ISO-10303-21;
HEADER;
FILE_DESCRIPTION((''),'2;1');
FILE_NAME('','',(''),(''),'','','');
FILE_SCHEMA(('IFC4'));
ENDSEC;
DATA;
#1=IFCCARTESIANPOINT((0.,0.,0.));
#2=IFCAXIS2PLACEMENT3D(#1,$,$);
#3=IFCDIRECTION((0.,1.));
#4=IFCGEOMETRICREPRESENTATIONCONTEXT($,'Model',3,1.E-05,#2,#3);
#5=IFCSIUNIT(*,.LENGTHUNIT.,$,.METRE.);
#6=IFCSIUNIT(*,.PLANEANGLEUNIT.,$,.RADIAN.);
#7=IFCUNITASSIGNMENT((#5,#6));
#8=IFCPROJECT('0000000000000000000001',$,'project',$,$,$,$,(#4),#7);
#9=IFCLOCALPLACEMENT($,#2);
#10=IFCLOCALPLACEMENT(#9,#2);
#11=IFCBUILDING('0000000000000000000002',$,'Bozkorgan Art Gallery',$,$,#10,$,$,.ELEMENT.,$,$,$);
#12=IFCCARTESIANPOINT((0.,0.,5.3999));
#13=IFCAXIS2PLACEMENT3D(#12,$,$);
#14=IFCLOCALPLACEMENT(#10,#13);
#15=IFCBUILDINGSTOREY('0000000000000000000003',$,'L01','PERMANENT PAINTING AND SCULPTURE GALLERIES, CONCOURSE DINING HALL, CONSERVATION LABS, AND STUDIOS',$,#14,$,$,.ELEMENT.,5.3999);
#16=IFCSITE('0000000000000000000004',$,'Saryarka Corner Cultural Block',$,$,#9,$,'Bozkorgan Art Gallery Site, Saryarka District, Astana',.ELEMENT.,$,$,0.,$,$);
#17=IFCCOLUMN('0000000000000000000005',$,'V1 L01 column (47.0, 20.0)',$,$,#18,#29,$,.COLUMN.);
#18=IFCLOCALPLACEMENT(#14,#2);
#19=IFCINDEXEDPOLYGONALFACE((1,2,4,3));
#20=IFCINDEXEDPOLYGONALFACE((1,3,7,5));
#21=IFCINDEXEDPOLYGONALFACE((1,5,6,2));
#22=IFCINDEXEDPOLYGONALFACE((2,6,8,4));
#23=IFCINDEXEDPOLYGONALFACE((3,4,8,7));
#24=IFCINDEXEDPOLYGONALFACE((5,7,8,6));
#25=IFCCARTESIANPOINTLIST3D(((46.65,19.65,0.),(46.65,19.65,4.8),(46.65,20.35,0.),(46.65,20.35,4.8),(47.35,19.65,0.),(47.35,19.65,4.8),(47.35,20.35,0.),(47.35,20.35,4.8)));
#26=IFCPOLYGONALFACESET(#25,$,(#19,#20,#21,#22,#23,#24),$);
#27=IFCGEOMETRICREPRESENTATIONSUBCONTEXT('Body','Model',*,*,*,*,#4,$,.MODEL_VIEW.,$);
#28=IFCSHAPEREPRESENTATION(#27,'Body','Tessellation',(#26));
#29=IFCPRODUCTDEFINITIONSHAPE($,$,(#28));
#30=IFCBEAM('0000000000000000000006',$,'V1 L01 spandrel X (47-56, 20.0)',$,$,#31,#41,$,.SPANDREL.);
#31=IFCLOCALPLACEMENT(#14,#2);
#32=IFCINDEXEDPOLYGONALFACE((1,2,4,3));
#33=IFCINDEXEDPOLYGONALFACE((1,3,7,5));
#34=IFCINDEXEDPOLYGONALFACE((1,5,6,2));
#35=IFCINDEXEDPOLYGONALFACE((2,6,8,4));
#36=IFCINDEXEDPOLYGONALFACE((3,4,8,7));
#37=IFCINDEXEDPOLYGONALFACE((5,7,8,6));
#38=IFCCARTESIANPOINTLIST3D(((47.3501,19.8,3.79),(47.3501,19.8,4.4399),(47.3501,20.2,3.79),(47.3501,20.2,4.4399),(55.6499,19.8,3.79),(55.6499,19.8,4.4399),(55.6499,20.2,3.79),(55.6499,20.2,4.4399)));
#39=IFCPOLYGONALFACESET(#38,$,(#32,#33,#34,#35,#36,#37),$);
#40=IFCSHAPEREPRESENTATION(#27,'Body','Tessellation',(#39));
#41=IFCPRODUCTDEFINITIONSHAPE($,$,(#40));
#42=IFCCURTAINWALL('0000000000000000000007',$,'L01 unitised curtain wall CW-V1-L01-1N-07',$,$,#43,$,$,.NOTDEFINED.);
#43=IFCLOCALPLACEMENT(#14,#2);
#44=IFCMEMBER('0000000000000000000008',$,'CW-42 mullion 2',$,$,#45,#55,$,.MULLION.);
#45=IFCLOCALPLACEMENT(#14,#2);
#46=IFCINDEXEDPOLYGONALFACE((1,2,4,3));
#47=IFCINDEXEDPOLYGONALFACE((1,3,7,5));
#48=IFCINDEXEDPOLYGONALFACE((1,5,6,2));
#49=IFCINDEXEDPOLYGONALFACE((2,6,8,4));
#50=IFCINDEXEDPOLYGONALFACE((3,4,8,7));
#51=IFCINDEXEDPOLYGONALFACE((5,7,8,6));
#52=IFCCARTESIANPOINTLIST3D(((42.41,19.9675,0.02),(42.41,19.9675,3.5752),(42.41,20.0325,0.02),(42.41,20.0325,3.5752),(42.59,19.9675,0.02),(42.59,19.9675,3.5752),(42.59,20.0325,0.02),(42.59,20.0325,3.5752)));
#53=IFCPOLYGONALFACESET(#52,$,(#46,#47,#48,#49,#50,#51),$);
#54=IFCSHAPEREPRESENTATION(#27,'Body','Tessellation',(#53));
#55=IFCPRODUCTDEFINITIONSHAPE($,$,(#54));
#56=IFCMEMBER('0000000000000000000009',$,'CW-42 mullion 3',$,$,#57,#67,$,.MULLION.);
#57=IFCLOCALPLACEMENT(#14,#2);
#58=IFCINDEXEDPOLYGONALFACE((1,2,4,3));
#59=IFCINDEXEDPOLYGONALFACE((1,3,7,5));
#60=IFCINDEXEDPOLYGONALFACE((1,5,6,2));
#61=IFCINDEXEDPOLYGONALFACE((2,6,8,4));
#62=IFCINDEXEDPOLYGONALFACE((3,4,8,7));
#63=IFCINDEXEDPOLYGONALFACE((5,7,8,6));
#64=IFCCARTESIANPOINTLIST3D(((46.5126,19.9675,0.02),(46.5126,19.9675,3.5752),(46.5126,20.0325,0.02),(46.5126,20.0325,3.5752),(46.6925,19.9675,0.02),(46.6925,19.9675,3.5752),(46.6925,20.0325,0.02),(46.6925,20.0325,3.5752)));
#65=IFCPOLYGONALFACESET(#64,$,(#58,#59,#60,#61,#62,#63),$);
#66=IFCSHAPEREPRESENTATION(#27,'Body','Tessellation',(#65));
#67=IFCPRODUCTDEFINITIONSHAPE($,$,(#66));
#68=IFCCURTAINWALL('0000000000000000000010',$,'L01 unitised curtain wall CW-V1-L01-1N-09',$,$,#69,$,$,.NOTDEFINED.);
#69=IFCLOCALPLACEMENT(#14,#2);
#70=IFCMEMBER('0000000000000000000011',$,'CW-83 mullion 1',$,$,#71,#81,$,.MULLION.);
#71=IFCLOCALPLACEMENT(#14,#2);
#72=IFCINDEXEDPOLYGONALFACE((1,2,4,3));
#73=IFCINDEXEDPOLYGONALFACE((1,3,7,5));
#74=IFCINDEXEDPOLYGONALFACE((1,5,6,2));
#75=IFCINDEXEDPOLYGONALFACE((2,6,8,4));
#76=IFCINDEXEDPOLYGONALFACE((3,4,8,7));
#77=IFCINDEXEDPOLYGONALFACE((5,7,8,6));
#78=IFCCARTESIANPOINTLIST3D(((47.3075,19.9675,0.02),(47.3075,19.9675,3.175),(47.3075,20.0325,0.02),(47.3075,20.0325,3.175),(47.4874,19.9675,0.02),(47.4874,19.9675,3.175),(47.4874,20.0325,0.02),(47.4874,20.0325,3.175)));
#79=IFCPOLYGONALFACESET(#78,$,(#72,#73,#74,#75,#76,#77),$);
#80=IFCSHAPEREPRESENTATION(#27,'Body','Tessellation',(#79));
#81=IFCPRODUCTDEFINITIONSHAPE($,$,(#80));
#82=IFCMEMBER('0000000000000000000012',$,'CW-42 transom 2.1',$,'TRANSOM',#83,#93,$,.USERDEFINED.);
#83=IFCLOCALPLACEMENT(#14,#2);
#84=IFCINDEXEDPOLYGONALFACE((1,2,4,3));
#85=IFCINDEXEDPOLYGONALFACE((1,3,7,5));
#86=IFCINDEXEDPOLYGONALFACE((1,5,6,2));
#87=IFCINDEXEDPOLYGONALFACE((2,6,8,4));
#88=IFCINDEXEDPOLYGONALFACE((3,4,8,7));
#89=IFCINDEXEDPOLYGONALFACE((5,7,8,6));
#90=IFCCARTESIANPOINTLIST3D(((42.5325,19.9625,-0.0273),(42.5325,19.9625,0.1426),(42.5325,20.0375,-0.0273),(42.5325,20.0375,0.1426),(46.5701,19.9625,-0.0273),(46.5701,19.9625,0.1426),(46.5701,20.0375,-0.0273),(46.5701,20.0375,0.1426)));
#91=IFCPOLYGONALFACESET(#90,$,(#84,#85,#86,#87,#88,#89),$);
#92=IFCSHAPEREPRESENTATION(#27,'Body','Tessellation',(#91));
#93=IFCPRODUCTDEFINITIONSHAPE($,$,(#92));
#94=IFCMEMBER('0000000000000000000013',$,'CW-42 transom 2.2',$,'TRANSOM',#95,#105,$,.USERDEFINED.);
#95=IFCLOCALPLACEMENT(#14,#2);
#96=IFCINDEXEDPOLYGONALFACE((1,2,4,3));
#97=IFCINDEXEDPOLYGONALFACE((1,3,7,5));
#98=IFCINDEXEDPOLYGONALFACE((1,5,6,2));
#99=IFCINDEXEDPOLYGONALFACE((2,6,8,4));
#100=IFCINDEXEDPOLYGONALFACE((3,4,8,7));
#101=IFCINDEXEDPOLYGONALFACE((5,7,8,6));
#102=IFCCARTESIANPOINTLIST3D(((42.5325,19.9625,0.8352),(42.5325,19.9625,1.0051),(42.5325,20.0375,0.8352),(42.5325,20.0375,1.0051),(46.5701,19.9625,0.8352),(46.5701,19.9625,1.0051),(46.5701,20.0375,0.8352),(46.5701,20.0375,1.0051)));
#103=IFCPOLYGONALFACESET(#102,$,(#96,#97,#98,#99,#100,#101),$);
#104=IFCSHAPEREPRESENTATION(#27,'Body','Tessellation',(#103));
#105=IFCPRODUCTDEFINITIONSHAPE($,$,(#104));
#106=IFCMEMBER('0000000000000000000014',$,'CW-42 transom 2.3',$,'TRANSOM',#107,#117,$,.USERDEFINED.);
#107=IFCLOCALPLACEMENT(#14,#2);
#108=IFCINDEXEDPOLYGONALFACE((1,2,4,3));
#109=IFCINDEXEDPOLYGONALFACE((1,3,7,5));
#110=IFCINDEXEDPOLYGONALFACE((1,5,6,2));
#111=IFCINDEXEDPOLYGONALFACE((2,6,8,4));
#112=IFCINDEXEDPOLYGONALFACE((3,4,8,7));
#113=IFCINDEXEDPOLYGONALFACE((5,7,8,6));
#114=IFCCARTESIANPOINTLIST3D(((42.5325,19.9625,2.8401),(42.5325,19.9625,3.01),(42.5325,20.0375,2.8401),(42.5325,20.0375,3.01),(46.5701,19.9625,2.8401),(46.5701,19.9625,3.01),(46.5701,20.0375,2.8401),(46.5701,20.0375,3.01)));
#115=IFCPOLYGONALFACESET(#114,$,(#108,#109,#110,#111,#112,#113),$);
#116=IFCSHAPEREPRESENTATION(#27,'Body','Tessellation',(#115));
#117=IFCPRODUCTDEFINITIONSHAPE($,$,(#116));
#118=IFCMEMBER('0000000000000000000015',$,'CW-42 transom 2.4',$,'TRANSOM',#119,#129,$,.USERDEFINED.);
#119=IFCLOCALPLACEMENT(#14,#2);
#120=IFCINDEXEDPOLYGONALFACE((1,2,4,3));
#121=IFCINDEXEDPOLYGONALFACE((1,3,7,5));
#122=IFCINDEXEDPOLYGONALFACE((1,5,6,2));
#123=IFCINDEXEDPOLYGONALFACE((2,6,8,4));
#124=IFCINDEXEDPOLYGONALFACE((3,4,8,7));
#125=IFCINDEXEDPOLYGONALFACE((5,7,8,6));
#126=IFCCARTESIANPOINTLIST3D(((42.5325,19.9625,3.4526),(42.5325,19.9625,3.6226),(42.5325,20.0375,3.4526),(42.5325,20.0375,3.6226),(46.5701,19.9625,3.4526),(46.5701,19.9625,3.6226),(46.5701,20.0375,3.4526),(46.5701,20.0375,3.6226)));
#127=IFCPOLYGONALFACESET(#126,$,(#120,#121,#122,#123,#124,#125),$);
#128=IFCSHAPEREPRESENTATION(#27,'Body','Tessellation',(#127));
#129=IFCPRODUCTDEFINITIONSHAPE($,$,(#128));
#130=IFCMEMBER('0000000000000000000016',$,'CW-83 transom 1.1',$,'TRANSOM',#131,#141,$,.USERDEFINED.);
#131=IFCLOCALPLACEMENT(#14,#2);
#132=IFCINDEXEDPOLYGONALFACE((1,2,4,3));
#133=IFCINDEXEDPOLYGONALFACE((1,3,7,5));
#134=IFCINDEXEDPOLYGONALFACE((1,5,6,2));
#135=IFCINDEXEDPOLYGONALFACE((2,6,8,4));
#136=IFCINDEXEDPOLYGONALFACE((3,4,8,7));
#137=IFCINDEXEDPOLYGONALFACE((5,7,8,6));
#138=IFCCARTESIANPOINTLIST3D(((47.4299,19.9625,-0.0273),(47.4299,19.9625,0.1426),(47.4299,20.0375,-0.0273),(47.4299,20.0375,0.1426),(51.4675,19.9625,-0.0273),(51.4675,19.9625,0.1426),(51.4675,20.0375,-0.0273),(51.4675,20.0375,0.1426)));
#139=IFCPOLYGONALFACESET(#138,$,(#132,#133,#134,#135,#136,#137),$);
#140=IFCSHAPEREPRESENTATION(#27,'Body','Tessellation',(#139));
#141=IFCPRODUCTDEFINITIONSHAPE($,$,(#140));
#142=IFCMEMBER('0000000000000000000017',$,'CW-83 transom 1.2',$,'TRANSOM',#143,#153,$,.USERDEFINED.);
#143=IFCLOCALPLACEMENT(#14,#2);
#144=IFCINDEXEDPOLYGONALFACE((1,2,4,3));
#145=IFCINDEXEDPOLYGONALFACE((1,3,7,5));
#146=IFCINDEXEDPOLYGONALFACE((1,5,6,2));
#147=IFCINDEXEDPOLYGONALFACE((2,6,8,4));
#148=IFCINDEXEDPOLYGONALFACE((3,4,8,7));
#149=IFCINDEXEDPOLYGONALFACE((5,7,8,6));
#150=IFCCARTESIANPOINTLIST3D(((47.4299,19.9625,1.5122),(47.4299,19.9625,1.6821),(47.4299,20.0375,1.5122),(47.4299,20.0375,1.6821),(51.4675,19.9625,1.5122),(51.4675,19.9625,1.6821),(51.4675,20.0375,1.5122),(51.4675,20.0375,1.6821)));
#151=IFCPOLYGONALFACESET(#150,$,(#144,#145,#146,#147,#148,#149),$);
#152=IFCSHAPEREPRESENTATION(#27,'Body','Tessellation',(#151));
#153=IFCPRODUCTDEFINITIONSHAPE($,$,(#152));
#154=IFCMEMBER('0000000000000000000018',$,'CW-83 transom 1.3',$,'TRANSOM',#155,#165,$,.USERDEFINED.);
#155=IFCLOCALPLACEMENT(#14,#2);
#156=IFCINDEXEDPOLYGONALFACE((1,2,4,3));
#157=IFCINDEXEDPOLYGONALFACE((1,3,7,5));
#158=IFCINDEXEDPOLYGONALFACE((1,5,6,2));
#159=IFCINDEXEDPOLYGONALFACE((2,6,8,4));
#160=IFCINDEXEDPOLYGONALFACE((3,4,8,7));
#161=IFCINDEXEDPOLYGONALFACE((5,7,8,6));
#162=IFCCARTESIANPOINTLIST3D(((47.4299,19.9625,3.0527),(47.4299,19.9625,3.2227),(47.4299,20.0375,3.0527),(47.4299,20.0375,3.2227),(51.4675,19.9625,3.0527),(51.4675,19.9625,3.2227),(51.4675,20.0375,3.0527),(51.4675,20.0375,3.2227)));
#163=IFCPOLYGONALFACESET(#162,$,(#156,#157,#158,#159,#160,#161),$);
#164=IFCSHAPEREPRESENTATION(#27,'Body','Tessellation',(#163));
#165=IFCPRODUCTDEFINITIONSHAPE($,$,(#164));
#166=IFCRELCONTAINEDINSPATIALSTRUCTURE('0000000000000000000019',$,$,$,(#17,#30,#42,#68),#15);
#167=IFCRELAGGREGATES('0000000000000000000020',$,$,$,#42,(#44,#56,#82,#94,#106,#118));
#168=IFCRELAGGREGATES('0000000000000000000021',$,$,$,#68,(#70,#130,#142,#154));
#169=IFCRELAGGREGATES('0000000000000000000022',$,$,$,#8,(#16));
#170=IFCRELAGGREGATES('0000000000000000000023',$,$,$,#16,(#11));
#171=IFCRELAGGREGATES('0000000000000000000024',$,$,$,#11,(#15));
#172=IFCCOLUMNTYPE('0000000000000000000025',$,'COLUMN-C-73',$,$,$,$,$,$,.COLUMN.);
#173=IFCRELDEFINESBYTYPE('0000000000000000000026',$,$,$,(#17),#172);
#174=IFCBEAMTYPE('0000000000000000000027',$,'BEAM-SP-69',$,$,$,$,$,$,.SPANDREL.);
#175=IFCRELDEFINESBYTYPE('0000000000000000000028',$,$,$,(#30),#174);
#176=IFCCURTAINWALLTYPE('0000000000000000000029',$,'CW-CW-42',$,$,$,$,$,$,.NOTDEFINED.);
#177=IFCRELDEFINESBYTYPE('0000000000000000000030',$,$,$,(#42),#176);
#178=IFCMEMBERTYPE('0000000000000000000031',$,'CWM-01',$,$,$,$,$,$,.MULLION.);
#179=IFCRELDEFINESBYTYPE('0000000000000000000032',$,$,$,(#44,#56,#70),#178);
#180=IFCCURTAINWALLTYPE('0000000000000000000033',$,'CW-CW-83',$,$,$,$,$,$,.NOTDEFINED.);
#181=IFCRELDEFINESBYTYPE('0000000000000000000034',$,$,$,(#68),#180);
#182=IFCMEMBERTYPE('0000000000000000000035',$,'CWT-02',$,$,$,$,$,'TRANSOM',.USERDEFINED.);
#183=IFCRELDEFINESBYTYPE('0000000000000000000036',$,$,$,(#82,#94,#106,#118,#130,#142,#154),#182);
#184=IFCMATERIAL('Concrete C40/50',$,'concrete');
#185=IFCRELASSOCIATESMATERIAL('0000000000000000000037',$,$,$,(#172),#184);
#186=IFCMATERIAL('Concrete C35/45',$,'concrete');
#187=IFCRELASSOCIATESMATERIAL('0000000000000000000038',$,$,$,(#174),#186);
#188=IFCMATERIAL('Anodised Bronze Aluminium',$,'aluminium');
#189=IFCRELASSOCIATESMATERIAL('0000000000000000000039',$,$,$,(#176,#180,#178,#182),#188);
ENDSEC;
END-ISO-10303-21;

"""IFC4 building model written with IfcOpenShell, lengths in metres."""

from ifc_helpers import new_model, si_unit, direction, frame, origin, origin_2d, place, context, subcontext, project, spatial, rectangle, extrude, material, material_profile, profile_set, type_object, element, aggregate, save


model = new_model("IFC4")

# Units and contexts
model_context = context("Model", 3, precision=1e-05, world=origin(), true_north=direction((0.0, 1.0)))
body_context = subcontext(model_context, "Body", "Model", "MODEL_VIEW")
ifc_project = project(units=[si_unit("LENGTHUNIT", "METRE"), si_unit("PLANEANGLEUNIT", "RADIAN")], contexts=[model_context])

# Site, building, storey
site_placement = place(None, origin())
site = spatial("IfcSite", under=ifc_project, at=site_placement, Name="Saryarka Corner Cultural Block", LongName="Bozkorgan Art Gallery Site, Saryarka District, Astana", CompositionType="ELEMENT", RefElevation=0.0)
building_placement = place(site_placement, origin())
building = spatial("IfcBuilding", under=site, at=building_placement, Name="Bozkorgan Art Gallery", CompositionType="ELEMENT")
storey_placement = place(building_placement, frame((0.0, 0.0, 5.3999)))
storey = spatial("IfcBuildingStorey", under=building, at=storey_placement, Name="L01", Description="PERMANENT PAINTING AND SCULPTURE GALLERIES, CONCOURSE DINING HALL, CONSERVATION LABS, AND STUDIOS", CompositionType="ELEMENT", Elevation=5.3999)

# Column
ifc_material_1 = material(Name="Concrete C40/50", Category="concrete")
ifc_material_profile_1 = material_profile(ifc_material_1, rectangle(XDim=0.7, YDim=0.7, at=origin_2d()), Name="RC 700x700")
ifc_profile_set_1 = profile_set([ifc_material_profile_1], Name="Concrete C40/50")
column_type = type_object("IfcColumnType", Name="COLUMN-C-73", PredefinedType="COLUMN", material=ifc_profile_set_1)
column_placement = place(storey_placement, frame((47.0, 20.0, 0.0), z_axis=(0.0, 0.0, 1.0), x_axis=(1.0, 0.0, 0.0)))
element("IfcColumn", 1, at=column_placement, inside=storey, type_object=column_type, Name="V1 L01 column (47.0, 20.0)", PredefinedType="COLUMN", context=body_context, shape_type="SweptSolid", body=[
    extrude(rectangle(XDim=0.7, YDim=0.7, at=origin_2d()), origin(), (0.0, 0.0, 1.0), 4.8),
])

# Beam
ifc_material_2 = material(Name="Concrete C35/45", Category="concrete")
ifc_material_profile_2 = material_profile(ifc_material_2, rectangle(XDim=0.3999, YDim=0.6499, at=origin_2d()), Name="RC 400x650")
ifc_profile_set_2 = profile_set([ifc_material_profile_2], Name="Concrete C35/45")
beam_type = type_object("IfcBeamType", Name="BEAM-SP-69", PredefinedType="SPANDREL", material=ifc_profile_set_2)
beam_placement = place(storey_placement, frame((47.3501, 20.0, 4.115), z_axis=(1.0, 0.0, 0.0), x_axis=(0.0, 1.0, 0.0)))
element("IfcBeam", 2, at=beam_placement, inside=storey, type_object=beam_type, Name="V1 L01 spandrel X (47-56, 20.0)", PredefinedType="SPANDREL", context=body_context, shape_type="SweptSolid", body=[
    extrude(rectangle(XDim=0.3999, YDim=0.6499, at=origin_2d()), origin(), (0.0, 0.0, 1.0), 8.2998),
])

# Curtain wall, members
ifc_material_3 = material(Name="Anodised Bronze Aluminium", Category="aluminium")
curtain_wall_type_1 = type_object("IfcCurtainWallType", Name="CW-CW-42", PredefinedType="NOTDEFINED", material=ifc_material_3)
curtain_wall_1_placement = place(storey_placement, origin())
curtain_wall_1 = element("IfcCurtainWall", 3, at=curtain_wall_1_placement, inside=storey, type_object=curtain_wall_type_1, Name="L01 unitised curtain wall CW-V1-L01-1N-07", PredefinedType="NOTDEFINED")
ifc_material_profile_3 = material_profile(ifc_material_3, rectangle(XDim=0.0649, YDim=0.1799, at=origin_2d()), Name="ALU MULLION 65x180")
ifc_profile_set_3 = profile_set([ifc_material_profile_3], Name="Anodised Bronze Aluminium")
member_type_1 = type_object("IfcMemberType", Name="CWM-01", PredefinedType="MULLION", material=ifc_profile_set_3)
member_1_placement = place(storey_placement, frame((42.5, 20.0, 0.02), z_axis=(0.0, 0.0, 1.0), x_axis=(0.0, 1.0, 0.0)))
member_1 = element("IfcMember", 4, at=member_1_placement, type_object=member_type_1, Name="CW-42 mullion 2", PredefinedType="MULLION", context=body_context, shape_type="SweptSolid", body=[
    extrude(rectangle(XDim=0.0649, YDim=0.1799, at=origin_2d()), origin(), (0.0, 0.0, 1.0), 3.5552),
])
member_2_placement = place(storey_placement, frame((46.6025, 20.0, 0.02), z_axis=(0.0, 0.0, 1.0), x_axis=(0.0, 1.0, 0.0)))
member_2 = element("IfcMember", 5, at=member_2_placement, type_object=member_type_1, Name="CW-42 mullion 3", PredefinedType="MULLION", context=body_context, shape_type="SweptSolid", body=[
    extrude(rectangle(XDim=0.0649, YDim=0.1799, at=origin_2d()), origin(), (0.0, 0.0, 1.0), 3.5552),
])

# Curtain wall, member
curtain_wall_type_2 = type_object("IfcCurtainWallType", Name="CW-CW-83", PredefinedType="NOTDEFINED", material=ifc_material_3)
curtain_wall_2_placement = place(storey_placement, origin())
curtain_wall_2 = element("IfcCurtainWall", 6, at=curtain_wall_2_placement, inside=storey, type_object=curtain_wall_type_2, Name="L01 unitised curtain wall CW-V1-L01-1N-09", PredefinedType="NOTDEFINED")
member_3_placement = place(storey_placement, frame((47.3975, 20.0, 0.02), z_axis=(0.0, 0.0, 1.0), x_axis=(0.0, 1.0, 0.0)))
member_3 = element("IfcMember", 7, at=member_3_placement, type_object=member_type_1, Name="CW-83 mullion 1", PredefinedType="MULLION", context=body_context, shape_type="SweptSolid", body=[
    extrude(rectangle(XDim=0.0649, YDim=0.1799, at=origin_2d()), origin(), (0.0, 0.0, 1.0), 3.155),
])

# Members
ifc_material_profile_4 = material_profile(ifc_material_3, rectangle(XDim=0.075, YDim=0.1699, at=origin_2d()), Name="ALU TRANSOM 75x170")
ifc_profile_set_4 = profile_set([ifc_material_profile_4], Name="Anodised Bronze Aluminium")
member_type_2 = type_object("IfcMemberType", Name="CWT-02", ElementType="TRANSOM", PredefinedType="USERDEFINED", material=ifc_profile_set_4)
member_4_placement = place(storey_placement, frame((42.5325, 20.0, 0.0576), z_axis=(1.0, 0.0, 0.0), x_axis=(0.0, 1.0, 0.0)))
member_4 = element("IfcMember", 8, at=member_4_placement, type_object=member_type_2, Name="CW-42 transom 2.1", ObjectType="TRANSOM", PredefinedType="USERDEFINED", context=body_context, shape_type="SweptSolid", body=[
    extrude(rectangle(XDim=0.075, YDim=0.1699, at=origin_2d()), origin(), (0.0, 0.0, 1.0), 4.0376),
])
member_5_placement = place(storey_placement, frame((42.5325, 20.0, 0.9202), z_axis=(1.0, 0.0, 0.0), x_axis=(0.0, 1.0, 0.0)))
member_5 = element("IfcMember", 9, at=member_5_placement, type_object=member_type_2, Name="CW-42 transom 2.2", ObjectType="TRANSOM", PredefinedType="USERDEFINED", context=body_context, shape_type="SweptSolid", body=[
    extrude(rectangle(XDim=0.075, YDim=0.1699, at=origin_2d()), origin(), (0.0, 0.0, 1.0), 4.0376),
])
member_6_placement = place(storey_placement, frame((42.5325, 20.0, 2.925), z_axis=(1.0, 0.0, 0.0), x_axis=(0.0, 1.0, 0.0)))
member_6 = element("IfcMember", 10, at=member_6_placement, type_object=member_type_2, Name="CW-42 transom 2.3", ObjectType="TRANSOM", PredefinedType="USERDEFINED", context=body_context, shape_type="SweptSolid", body=[
    extrude(rectangle(XDim=0.075, YDim=0.1699, at=origin_2d()), origin(), (0.0, 0.0, 1.0), 4.0376),
])
member_7_placement = place(storey_placement, frame((42.5325, 20.0, 3.5376), z_axis=(1.0, 0.0, 0.0), x_axis=(0.0, 1.0, 0.0)))
member_7 = element("IfcMember", 11, at=member_7_placement, type_object=member_type_2, Name="CW-42 transom 2.4", ObjectType="TRANSOM", PredefinedType="USERDEFINED", context=body_context, shape_type="SweptSolid", body=[
    extrude(rectangle(XDim=0.075, YDim=0.1699, at=origin_2d()), origin(), (0.0, 0.0, 1.0), 4.0376),
])
member_8_placement = place(storey_placement, frame((47.4299, 20.0, 0.0576), z_axis=(1.0, 0.0, 0.0), x_axis=(0.0, 1.0, 0.0)))
member_8 = element("IfcMember", 12, at=member_8_placement, type_object=member_type_2, Name="CW-83 transom 1.1", ObjectType="TRANSOM", PredefinedType="USERDEFINED", context=body_context, shape_type="SweptSolid", body=[
    extrude(rectangle(XDim=0.075, YDim=0.1699, at=origin_2d()), origin(), (0.0, 0.0, 1.0), 4.0376),
])
member_9_placement = place(storey_placement, frame((47.4299, 20.0, 1.5972), z_axis=(1.0, 0.0, 0.0), x_axis=(0.0, 1.0, 0.0)))
member_9 = element("IfcMember", 13, at=member_9_placement, type_object=member_type_2, Name="CW-83 transom 1.2", ObjectType="TRANSOM", PredefinedType="USERDEFINED", context=body_context, shape_type="SweptSolid", body=[
    extrude(rectangle(XDim=0.075, YDim=0.1699, at=origin_2d()), origin(), (0.0, 0.0, 1.0), 4.0376),
])
member_10_placement = place(storey_placement, frame((47.4299, 20.0, 3.1377), z_axis=(1.0, 0.0, 0.0), x_axis=(0.0, 1.0, 0.0)))
member_10 = element("IfcMember", 14, at=member_10_placement, type_object=member_type_2, Name="CW-83 transom 1.3", ObjectType="TRANSOM", PredefinedType="USERDEFINED", context=body_context, shape_type="SweptSolid", body=[
    extrude(rectangle(XDim=0.075, YDim=0.1699, at=origin_2d()), origin(), (0.0, 0.0, 1.0), 4.0376),
])

aggregate(curtain_wall_1, [member_1, member_2, member_4, member_5, member_6, member_7])
aggregate(curtain_wall_2, [member_3, member_8, member_9, member_10])

save(model, "model.ifc")
